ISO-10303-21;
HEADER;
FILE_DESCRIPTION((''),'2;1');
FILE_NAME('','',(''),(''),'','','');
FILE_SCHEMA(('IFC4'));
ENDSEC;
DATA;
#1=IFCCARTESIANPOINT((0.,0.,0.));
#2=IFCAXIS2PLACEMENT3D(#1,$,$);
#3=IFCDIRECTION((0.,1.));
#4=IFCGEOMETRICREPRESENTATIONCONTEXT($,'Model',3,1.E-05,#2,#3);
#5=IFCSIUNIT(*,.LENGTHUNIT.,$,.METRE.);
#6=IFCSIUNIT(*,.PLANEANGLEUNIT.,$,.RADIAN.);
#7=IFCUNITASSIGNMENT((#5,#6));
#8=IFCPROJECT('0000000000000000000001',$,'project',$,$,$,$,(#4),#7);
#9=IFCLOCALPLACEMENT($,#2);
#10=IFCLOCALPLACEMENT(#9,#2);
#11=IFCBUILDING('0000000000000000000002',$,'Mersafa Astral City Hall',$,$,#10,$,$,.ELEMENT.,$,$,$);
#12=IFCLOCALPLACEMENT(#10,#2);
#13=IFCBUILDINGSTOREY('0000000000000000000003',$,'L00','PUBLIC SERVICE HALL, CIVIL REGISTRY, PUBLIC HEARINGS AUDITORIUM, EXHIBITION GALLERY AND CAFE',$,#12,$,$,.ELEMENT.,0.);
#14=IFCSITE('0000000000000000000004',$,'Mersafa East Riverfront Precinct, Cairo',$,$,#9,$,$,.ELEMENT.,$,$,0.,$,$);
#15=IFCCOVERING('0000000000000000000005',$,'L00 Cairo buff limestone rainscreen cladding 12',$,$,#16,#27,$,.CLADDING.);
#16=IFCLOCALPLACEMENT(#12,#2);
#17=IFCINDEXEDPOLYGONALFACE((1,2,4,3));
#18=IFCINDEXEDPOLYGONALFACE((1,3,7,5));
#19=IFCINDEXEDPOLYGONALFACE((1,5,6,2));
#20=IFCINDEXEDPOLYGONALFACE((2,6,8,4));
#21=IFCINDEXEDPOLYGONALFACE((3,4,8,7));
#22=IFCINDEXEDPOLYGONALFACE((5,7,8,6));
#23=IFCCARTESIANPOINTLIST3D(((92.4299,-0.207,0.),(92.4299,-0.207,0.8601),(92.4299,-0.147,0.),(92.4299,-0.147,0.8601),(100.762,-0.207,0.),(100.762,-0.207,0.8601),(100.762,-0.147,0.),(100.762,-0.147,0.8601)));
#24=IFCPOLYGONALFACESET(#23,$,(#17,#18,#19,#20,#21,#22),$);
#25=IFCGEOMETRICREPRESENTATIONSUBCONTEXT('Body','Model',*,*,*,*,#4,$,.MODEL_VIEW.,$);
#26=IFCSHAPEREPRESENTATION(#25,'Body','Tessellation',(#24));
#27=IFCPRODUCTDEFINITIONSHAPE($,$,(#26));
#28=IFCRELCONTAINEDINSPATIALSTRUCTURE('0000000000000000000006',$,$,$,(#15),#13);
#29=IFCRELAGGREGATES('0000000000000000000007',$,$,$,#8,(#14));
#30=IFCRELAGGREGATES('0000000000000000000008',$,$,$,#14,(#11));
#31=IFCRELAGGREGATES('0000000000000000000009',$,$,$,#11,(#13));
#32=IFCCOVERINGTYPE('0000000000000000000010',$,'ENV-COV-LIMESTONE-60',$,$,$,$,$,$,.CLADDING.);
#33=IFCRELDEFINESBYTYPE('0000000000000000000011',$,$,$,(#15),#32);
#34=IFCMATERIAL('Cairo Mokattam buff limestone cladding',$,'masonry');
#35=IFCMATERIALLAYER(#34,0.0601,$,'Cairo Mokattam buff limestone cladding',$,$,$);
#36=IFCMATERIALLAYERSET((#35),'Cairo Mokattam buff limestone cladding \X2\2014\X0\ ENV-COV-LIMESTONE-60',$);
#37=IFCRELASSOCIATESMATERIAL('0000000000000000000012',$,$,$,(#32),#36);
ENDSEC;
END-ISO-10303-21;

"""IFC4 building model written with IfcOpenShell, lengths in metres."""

from ifc_helpers import new_model, si_unit, direction, frame, origin, origin_2d, place, context, subcontext, project, spatial, rectangle, extrude, material, layer, layer_set, type_object, element, save


model = new_model("IFC4")

# Units and contexts
model_context = context("Model", 3, precision=1e-05, world=origin(), true_north=direction((0.0, 1.0)))
body_context = subcontext(model_context, "Body", "Model", "MODEL_VIEW")
ifc_project = project(units=[si_unit("LENGTHUNIT", "METRE"), si_unit("PLANEANGLEUNIT", "RADIAN")], contexts=[model_context])

# Site, building, storey
site_placement = place(None, origin())
site = spatial("IfcSite", under=ifc_project, at=site_placement, Name="Mersafa East Riverfront Precinct, Cairo", CompositionType="ELEMENT", RefElevation=0.0)
building_placement = place(site_placement, origin())
building = spatial("IfcBuilding", under=site, at=building_placement, Name="Mersafa Astral City Hall", CompositionType="ELEMENT")
storey_placement = place(building_placement, origin())
storey = spatial("IfcBuildingStorey", under=building, at=storey_placement, Name="L00", Description="PUBLIC SERVICE HALL, CIVIL REGISTRY, PUBLIC HEARINGS AUDITORIUM, EXHIBITION GALLERY AND CAFE", CompositionType="ELEMENT", Elevation=0.0)

# Covering
ifc_material_1 = material(Name="Cairo Mokattam buff limestone cladding", Category="masonry")
ifc_layer_1 = layer(ifc_material_1, 0.0601, Name="Cairo Mokattam buff limestone cladding")
ifc_layer_set_1 = layer_set([ifc_layer_1], Name="Cairo Mokattam buff limestone cladding — ENV-COV-LIMESTONE-60")
covering_type = type_object("IfcCoveringType", Name="ENV-COV-LIMESTONE-60", PredefinedType="CLADDING", material=ifc_layer_set_1)
covering_placement = place(storey_placement, frame((96.5959, -0.177, 0.0), z_axis=(0.0, 0.0, 1.0), x_axis=(1.0, 0.0, 0.0)))
element("IfcCovering", 1, at=covering_placement, inside=storey, type_object=covering_type, Name="L00 Cairo buff limestone rainscreen cladding 12", PredefinedType="CLADDING", context=body_context, shape_type="SweptSolid", body=[
    extrude(rectangle(XDim=8.332, YDim=0.0601, at=origin_2d()), origin(), (0.0, 0.0, 1.0), 0.8601),
])

save(model, "model.ifc")
